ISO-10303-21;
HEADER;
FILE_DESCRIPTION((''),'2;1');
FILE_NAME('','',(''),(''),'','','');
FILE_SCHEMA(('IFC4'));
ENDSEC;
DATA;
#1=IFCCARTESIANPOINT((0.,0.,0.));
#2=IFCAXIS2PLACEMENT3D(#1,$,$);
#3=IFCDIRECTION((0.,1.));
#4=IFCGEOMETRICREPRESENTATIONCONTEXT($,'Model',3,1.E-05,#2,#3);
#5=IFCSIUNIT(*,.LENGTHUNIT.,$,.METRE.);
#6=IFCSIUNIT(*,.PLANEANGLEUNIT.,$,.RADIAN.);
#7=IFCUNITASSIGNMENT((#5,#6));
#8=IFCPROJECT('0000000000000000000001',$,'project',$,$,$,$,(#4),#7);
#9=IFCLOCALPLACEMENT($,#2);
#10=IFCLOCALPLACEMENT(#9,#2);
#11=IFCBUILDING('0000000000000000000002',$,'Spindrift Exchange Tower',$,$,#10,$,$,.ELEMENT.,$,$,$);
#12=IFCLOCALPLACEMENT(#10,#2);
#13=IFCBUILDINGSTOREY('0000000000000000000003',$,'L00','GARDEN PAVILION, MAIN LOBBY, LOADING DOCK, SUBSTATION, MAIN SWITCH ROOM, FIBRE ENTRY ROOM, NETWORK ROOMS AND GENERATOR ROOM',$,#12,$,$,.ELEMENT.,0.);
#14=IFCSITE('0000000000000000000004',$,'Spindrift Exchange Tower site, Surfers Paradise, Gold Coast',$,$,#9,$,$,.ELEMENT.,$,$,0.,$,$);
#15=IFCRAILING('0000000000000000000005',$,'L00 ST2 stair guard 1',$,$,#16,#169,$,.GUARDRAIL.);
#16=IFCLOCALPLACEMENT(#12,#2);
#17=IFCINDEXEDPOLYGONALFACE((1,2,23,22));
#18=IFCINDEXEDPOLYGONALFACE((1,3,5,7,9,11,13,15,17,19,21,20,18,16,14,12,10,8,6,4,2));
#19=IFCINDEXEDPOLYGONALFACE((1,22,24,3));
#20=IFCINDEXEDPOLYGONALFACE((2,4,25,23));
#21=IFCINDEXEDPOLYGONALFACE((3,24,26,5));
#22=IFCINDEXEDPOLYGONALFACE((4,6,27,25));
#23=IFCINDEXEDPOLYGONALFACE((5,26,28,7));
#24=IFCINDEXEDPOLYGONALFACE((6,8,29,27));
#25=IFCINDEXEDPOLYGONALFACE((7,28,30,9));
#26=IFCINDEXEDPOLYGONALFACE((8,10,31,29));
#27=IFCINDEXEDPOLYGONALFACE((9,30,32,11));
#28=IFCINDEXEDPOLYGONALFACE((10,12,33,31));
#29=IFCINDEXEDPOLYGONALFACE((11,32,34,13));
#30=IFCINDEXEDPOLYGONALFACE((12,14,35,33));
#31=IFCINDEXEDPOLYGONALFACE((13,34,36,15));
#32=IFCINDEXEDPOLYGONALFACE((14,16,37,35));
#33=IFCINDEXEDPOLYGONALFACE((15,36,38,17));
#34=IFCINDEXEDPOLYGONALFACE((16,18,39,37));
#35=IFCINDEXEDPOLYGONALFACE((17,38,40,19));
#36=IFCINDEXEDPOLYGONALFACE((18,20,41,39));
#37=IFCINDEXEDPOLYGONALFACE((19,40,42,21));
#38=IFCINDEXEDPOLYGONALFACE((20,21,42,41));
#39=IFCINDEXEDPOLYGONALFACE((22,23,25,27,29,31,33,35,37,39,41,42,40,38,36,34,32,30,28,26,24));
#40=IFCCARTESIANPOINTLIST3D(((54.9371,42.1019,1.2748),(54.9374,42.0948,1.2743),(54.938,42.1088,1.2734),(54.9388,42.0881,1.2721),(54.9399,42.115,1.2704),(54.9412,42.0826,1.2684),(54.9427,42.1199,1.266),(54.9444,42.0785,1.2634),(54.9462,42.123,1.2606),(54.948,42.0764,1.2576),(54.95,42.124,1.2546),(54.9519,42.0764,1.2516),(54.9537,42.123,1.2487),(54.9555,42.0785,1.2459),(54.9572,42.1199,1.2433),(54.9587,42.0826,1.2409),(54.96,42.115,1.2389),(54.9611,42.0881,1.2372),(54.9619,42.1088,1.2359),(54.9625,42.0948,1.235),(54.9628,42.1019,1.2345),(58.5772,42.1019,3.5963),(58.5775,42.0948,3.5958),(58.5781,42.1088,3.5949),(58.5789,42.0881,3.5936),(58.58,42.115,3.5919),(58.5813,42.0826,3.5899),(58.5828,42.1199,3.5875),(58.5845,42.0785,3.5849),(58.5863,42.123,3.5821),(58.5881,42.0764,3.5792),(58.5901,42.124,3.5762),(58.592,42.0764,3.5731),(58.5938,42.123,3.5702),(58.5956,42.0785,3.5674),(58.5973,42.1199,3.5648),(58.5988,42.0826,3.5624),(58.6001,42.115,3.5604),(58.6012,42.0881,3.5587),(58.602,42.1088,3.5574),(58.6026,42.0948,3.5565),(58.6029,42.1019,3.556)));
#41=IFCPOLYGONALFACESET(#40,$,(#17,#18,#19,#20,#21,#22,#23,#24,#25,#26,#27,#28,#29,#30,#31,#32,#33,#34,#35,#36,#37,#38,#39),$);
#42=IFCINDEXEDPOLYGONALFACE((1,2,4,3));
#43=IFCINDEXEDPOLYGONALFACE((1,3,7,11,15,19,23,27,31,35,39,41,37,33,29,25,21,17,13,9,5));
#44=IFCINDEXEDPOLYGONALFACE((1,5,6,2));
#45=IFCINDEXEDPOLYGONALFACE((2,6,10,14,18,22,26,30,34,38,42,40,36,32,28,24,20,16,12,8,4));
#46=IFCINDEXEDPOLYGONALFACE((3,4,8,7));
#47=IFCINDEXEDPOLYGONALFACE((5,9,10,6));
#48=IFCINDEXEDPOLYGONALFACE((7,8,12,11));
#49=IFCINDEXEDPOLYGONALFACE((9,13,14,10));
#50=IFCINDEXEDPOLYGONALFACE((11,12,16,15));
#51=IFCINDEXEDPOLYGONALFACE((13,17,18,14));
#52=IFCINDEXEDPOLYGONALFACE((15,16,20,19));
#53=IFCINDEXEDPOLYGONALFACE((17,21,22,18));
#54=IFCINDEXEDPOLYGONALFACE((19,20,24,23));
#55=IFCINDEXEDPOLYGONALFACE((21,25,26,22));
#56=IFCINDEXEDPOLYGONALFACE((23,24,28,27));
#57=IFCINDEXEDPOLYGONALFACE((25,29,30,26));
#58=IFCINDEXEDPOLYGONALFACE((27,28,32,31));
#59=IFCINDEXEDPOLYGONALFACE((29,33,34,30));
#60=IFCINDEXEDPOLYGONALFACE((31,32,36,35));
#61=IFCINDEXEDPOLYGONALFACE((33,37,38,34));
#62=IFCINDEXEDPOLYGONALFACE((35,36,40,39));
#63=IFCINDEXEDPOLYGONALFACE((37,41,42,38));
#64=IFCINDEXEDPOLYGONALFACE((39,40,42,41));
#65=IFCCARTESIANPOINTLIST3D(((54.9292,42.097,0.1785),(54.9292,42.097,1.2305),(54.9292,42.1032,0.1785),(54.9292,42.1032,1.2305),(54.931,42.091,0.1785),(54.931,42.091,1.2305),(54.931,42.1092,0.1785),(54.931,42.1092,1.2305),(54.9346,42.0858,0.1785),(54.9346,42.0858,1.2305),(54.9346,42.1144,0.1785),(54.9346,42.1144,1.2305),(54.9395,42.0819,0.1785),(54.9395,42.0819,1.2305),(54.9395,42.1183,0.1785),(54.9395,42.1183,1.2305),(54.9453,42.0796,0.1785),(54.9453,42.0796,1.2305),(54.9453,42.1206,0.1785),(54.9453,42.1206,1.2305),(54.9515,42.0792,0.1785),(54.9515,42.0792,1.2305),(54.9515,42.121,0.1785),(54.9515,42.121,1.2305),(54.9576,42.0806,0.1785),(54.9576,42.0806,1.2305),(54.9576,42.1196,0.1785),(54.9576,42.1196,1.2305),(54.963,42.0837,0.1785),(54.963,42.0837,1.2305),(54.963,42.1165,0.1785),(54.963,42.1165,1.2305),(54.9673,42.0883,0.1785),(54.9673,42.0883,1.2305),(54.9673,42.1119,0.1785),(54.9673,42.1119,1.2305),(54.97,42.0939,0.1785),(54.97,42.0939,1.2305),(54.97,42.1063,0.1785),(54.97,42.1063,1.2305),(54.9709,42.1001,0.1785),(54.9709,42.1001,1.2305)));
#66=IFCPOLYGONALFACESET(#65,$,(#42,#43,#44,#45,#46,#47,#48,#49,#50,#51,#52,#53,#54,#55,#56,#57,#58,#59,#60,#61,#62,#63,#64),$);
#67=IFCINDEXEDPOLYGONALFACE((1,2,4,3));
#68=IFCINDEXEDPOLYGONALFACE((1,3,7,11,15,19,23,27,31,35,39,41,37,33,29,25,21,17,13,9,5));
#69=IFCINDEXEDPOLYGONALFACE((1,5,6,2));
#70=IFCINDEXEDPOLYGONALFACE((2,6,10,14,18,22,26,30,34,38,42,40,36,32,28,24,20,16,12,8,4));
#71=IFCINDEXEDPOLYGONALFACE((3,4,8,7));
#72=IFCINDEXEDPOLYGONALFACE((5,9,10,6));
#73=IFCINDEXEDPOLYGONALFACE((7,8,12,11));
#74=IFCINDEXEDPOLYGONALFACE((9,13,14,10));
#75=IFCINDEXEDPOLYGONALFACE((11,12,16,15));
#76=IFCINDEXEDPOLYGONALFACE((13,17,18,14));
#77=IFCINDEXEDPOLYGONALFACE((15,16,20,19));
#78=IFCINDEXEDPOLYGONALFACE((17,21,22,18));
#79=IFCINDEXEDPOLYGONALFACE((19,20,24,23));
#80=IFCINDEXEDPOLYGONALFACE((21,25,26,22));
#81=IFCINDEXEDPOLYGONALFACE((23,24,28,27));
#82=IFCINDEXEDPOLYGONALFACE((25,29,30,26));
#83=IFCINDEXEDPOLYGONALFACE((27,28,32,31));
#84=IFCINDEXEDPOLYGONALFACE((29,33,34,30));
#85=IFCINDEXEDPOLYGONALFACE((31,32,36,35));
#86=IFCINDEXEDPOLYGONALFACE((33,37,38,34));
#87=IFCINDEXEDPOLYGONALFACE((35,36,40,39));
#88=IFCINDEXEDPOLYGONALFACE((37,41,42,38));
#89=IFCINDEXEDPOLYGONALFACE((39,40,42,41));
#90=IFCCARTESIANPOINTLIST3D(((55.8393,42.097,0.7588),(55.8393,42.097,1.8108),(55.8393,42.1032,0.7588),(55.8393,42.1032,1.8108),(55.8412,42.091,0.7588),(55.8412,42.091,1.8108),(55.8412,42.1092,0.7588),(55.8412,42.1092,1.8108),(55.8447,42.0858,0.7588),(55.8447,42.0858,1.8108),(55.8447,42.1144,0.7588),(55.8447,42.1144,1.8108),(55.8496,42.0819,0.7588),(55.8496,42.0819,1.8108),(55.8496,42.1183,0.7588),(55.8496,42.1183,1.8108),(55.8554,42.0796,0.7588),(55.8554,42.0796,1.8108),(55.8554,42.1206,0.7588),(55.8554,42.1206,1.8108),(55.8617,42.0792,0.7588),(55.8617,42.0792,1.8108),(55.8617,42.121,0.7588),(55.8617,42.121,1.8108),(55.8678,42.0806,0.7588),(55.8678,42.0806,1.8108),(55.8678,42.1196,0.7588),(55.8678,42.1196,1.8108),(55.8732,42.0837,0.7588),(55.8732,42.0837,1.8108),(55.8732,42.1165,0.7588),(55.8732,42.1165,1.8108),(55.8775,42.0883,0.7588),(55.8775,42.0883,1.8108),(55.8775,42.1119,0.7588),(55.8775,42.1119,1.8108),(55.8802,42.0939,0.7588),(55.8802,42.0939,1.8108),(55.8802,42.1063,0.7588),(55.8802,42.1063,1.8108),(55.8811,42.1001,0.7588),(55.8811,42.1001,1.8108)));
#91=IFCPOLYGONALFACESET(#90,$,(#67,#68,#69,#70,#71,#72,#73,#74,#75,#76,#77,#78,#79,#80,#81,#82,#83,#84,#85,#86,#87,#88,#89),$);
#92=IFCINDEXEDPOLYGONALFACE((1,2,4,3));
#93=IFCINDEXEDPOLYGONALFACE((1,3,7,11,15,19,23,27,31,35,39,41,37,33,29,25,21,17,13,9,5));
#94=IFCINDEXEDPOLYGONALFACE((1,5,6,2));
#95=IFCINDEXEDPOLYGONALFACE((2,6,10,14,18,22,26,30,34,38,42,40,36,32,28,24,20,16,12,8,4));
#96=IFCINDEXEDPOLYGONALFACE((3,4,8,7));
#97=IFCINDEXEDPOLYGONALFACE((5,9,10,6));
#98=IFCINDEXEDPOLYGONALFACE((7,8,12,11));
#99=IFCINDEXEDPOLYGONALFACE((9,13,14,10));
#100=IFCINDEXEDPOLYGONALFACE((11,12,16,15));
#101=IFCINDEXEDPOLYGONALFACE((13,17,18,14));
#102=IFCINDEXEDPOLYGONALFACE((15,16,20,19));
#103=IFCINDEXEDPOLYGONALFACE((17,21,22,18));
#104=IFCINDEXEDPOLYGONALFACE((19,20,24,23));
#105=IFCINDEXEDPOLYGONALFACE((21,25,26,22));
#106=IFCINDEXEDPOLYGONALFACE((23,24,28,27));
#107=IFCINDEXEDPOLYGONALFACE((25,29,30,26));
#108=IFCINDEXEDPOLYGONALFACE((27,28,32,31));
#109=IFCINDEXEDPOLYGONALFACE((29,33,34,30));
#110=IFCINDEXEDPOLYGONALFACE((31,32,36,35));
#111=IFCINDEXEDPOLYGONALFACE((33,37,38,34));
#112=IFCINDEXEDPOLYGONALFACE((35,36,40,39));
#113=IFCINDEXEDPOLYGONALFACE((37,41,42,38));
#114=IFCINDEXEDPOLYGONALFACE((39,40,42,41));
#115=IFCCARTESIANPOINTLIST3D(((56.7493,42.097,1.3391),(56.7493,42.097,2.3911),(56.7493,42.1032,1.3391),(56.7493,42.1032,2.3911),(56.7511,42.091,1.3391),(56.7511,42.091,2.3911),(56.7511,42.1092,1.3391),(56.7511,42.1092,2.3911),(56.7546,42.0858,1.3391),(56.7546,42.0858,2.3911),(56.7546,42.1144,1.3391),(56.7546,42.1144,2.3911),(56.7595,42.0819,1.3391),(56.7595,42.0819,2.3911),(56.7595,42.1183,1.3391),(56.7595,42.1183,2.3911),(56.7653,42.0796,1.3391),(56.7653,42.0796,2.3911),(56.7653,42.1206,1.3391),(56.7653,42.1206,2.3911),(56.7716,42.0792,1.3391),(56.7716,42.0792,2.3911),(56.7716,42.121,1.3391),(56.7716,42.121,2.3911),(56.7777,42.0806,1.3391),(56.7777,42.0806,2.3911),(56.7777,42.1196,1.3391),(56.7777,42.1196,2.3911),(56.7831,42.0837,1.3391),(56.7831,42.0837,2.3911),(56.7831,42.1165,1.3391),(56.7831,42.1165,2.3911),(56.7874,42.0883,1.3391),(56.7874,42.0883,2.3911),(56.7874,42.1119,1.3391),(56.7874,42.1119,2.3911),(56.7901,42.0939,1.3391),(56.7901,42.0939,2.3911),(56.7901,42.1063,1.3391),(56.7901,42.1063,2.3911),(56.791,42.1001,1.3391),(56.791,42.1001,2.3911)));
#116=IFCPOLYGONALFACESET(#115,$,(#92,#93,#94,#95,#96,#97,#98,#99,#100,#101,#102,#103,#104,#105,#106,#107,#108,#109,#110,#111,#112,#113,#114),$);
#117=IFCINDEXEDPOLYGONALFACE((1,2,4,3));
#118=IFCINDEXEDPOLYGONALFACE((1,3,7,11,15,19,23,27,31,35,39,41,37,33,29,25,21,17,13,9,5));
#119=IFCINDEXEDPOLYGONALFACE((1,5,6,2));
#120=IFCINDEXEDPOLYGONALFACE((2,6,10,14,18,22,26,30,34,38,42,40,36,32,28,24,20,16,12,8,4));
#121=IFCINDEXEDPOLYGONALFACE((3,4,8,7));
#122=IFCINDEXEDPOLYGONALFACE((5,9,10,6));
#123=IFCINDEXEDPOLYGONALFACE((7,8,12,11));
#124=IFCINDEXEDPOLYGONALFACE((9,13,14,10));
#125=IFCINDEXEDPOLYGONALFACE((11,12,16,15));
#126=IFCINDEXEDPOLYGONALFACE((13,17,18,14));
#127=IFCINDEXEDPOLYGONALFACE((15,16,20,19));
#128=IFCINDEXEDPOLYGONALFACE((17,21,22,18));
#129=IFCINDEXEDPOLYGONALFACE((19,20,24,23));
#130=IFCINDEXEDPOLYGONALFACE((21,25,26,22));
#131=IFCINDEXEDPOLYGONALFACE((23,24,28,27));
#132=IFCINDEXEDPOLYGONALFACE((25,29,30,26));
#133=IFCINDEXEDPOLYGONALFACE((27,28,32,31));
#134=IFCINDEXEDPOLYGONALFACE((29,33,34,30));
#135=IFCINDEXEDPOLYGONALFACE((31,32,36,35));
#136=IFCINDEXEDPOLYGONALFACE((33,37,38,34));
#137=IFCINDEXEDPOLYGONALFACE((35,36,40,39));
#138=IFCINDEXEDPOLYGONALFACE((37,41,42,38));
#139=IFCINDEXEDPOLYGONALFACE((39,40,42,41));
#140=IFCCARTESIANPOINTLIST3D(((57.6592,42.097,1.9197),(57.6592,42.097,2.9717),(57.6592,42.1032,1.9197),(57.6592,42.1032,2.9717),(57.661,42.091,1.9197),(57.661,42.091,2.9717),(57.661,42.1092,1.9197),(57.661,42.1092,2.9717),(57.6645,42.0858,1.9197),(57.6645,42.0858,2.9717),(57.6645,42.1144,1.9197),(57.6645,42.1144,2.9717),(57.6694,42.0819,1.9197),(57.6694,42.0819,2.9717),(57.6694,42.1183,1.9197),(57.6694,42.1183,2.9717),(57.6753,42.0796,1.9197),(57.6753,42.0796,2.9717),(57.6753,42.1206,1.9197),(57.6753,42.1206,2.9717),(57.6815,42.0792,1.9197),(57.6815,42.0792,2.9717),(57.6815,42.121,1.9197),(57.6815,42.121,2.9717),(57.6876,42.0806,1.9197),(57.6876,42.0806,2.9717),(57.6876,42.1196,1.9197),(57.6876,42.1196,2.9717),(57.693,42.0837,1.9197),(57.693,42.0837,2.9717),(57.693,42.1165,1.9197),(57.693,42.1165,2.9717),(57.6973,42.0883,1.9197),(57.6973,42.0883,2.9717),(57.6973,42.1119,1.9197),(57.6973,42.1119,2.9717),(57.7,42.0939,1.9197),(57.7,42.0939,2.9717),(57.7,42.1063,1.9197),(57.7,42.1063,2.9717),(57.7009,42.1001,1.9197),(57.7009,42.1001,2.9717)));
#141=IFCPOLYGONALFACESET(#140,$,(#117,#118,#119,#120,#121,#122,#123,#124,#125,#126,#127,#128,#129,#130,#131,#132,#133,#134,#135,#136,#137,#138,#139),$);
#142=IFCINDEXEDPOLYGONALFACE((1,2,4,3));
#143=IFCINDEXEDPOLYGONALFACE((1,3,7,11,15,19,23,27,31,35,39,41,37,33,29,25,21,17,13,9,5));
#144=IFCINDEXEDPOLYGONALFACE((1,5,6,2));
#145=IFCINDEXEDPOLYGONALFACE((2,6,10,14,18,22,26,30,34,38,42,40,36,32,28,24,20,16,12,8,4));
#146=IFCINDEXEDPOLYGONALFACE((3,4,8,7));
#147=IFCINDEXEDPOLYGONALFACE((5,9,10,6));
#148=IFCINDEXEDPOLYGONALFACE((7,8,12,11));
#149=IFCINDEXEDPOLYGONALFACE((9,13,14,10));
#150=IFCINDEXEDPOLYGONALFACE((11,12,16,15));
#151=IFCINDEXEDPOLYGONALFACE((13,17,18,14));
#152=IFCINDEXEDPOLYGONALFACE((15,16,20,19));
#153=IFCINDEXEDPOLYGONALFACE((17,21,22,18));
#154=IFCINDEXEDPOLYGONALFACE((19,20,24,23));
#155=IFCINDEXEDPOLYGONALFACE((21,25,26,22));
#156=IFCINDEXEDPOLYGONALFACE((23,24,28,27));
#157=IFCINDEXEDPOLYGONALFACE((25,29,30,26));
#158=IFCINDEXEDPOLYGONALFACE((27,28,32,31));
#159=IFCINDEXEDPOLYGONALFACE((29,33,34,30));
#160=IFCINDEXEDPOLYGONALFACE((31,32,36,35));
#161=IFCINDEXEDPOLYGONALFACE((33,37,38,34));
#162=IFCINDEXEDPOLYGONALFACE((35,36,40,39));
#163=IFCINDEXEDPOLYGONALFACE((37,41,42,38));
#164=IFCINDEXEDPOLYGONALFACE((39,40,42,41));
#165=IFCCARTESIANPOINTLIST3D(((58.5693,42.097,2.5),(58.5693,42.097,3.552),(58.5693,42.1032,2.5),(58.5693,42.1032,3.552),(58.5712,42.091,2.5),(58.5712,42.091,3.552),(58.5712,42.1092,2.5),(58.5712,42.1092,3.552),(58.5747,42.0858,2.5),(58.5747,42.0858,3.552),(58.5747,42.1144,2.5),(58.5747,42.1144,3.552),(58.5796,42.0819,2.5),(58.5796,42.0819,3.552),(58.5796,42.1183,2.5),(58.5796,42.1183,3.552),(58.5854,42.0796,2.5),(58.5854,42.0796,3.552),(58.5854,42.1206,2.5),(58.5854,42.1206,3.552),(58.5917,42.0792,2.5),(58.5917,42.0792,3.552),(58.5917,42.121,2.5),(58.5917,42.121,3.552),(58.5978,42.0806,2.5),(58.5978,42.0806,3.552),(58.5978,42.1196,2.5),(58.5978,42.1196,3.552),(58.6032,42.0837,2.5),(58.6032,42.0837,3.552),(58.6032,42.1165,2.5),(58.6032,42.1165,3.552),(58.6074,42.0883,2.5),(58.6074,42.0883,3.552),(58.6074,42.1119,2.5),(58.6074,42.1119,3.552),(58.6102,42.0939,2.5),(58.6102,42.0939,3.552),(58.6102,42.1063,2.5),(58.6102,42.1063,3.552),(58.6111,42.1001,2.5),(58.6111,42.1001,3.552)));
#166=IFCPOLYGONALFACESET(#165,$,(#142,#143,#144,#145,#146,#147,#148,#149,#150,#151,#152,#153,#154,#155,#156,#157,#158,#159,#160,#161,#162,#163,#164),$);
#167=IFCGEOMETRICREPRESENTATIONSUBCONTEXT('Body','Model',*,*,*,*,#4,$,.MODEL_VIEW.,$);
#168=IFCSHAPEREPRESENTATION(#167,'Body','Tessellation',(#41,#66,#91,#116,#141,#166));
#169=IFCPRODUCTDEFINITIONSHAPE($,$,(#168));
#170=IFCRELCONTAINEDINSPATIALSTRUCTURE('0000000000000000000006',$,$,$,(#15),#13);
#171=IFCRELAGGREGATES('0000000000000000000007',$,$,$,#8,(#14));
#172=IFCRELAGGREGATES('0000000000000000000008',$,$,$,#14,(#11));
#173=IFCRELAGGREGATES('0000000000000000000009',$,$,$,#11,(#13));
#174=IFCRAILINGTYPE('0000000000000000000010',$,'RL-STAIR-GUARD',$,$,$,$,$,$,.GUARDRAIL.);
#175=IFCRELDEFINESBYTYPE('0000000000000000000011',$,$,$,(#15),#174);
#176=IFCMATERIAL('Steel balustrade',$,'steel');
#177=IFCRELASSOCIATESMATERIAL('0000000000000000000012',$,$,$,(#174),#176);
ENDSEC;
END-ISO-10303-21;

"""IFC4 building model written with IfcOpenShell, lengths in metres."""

from ifc_helpers import new_model, si_unit, direction, frame, origin, origin_2d, place, context, subcontext, project, spatial, circle, extrude, material, type_object, element, save


model = new_model("IFC4")

# Units and contexts
model_context = context("Model", 3, precision=1e-05, world=origin(), true_north=direction((0.0, 1.0)))
body_context = subcontext(model_context, "Body", "Model", "MODEL_VIEW")
ifc_project = project(units=[si_unit("LENGTHUNIT", "METRE"), si_unit("PLANEANGLEUNIT", "RADIAN")], contexts=[model_context])

# Site, building, storey
site_placement = place(None, origin())
site = spatial("IfcSite", under=ifc_project, at=site_placement, Name="Spindrift Exchange Tower site, Surfers Paradise, Gold Coast", CompositionType="ELEMENT", RefElevation=0.0)
building_placement = place(site_placement, origin())
building = spatial("IfcBuilding", under=site, at=building_placement, Name="Spindrift Exchange Tower", CompositionType="ELEMENT")
storey_placement = place(building_placement, origin())
storey = spatial("IfcBuildingStorey", under=building, at=storey_placement, Name="L00", Description="GARDEN PAVILION, MAIN LOBBY, LOADING DOCK, SUBSTATION, MAIN SWITCH ROOM, FIBRE ENTRY ROOM, NETWORK ROOMS AND GENERATOR ROOM", CompositionType="ELEMENT", Elevation=0.0)

# Railing
ifc_material_1 = material(Name="Steel balustrade", Category="steel")
railing_type_1 = type_object("IfcRailingType", Name="RL-STAIR-GUARD", PredefinedType="GUARDRAIL", material=ifc_material_1)
railing_1_placement = place(storey_placement, frame((54.95, 42.1001, 0.1785)))
element("IfcRailing", 1, at=railing_1_placement, inside=storey, type_object=railing_type_1, Name="L00 ST2 stair guard 1", PredefinedType="GUARDRAIL", context=body_context, shape_type="SweptSolid", body=[
    extrude(circle(Radius=0.0239, at=origin_2d()), frame((0.0, 0.0, 1.0762), z_axis=(0.843128, 0.0, 0.537713), x_axis=(0.0, 1.0, 0.0)), (0.0, 0.0, 1.0), 4.3174),
    extrude(circle(Radius=0.021, at=origin_2d()), origin(), (0.0, 0.0, 1.0), 1.052),
    extrude(circle(Radius=0.021, at=origin_2d()), frame((0.9102, 0.0, 0.5803)), (0.0, 0.0, 1.0), 1.052),
    extrude(circle(Radius=0.021, at=origin_2d()), frame((1.8201, 0.0, 1.1606)), (0.0, 0.0, 1.0), 1.052),
    extrude(circle(Radius=0.021, at=origin_2d()), frame((2.73, 0.0, 1.7412)), (0.0, 0.0, 1.0), 1.052),
    extrude(circle(Radius=0.021, at=origin_2d()), frame((3.6401, 0.0, 2.3215)), (0.0, 0.0, 1.0), 1.052),
])

save(model, "model.ifc")
